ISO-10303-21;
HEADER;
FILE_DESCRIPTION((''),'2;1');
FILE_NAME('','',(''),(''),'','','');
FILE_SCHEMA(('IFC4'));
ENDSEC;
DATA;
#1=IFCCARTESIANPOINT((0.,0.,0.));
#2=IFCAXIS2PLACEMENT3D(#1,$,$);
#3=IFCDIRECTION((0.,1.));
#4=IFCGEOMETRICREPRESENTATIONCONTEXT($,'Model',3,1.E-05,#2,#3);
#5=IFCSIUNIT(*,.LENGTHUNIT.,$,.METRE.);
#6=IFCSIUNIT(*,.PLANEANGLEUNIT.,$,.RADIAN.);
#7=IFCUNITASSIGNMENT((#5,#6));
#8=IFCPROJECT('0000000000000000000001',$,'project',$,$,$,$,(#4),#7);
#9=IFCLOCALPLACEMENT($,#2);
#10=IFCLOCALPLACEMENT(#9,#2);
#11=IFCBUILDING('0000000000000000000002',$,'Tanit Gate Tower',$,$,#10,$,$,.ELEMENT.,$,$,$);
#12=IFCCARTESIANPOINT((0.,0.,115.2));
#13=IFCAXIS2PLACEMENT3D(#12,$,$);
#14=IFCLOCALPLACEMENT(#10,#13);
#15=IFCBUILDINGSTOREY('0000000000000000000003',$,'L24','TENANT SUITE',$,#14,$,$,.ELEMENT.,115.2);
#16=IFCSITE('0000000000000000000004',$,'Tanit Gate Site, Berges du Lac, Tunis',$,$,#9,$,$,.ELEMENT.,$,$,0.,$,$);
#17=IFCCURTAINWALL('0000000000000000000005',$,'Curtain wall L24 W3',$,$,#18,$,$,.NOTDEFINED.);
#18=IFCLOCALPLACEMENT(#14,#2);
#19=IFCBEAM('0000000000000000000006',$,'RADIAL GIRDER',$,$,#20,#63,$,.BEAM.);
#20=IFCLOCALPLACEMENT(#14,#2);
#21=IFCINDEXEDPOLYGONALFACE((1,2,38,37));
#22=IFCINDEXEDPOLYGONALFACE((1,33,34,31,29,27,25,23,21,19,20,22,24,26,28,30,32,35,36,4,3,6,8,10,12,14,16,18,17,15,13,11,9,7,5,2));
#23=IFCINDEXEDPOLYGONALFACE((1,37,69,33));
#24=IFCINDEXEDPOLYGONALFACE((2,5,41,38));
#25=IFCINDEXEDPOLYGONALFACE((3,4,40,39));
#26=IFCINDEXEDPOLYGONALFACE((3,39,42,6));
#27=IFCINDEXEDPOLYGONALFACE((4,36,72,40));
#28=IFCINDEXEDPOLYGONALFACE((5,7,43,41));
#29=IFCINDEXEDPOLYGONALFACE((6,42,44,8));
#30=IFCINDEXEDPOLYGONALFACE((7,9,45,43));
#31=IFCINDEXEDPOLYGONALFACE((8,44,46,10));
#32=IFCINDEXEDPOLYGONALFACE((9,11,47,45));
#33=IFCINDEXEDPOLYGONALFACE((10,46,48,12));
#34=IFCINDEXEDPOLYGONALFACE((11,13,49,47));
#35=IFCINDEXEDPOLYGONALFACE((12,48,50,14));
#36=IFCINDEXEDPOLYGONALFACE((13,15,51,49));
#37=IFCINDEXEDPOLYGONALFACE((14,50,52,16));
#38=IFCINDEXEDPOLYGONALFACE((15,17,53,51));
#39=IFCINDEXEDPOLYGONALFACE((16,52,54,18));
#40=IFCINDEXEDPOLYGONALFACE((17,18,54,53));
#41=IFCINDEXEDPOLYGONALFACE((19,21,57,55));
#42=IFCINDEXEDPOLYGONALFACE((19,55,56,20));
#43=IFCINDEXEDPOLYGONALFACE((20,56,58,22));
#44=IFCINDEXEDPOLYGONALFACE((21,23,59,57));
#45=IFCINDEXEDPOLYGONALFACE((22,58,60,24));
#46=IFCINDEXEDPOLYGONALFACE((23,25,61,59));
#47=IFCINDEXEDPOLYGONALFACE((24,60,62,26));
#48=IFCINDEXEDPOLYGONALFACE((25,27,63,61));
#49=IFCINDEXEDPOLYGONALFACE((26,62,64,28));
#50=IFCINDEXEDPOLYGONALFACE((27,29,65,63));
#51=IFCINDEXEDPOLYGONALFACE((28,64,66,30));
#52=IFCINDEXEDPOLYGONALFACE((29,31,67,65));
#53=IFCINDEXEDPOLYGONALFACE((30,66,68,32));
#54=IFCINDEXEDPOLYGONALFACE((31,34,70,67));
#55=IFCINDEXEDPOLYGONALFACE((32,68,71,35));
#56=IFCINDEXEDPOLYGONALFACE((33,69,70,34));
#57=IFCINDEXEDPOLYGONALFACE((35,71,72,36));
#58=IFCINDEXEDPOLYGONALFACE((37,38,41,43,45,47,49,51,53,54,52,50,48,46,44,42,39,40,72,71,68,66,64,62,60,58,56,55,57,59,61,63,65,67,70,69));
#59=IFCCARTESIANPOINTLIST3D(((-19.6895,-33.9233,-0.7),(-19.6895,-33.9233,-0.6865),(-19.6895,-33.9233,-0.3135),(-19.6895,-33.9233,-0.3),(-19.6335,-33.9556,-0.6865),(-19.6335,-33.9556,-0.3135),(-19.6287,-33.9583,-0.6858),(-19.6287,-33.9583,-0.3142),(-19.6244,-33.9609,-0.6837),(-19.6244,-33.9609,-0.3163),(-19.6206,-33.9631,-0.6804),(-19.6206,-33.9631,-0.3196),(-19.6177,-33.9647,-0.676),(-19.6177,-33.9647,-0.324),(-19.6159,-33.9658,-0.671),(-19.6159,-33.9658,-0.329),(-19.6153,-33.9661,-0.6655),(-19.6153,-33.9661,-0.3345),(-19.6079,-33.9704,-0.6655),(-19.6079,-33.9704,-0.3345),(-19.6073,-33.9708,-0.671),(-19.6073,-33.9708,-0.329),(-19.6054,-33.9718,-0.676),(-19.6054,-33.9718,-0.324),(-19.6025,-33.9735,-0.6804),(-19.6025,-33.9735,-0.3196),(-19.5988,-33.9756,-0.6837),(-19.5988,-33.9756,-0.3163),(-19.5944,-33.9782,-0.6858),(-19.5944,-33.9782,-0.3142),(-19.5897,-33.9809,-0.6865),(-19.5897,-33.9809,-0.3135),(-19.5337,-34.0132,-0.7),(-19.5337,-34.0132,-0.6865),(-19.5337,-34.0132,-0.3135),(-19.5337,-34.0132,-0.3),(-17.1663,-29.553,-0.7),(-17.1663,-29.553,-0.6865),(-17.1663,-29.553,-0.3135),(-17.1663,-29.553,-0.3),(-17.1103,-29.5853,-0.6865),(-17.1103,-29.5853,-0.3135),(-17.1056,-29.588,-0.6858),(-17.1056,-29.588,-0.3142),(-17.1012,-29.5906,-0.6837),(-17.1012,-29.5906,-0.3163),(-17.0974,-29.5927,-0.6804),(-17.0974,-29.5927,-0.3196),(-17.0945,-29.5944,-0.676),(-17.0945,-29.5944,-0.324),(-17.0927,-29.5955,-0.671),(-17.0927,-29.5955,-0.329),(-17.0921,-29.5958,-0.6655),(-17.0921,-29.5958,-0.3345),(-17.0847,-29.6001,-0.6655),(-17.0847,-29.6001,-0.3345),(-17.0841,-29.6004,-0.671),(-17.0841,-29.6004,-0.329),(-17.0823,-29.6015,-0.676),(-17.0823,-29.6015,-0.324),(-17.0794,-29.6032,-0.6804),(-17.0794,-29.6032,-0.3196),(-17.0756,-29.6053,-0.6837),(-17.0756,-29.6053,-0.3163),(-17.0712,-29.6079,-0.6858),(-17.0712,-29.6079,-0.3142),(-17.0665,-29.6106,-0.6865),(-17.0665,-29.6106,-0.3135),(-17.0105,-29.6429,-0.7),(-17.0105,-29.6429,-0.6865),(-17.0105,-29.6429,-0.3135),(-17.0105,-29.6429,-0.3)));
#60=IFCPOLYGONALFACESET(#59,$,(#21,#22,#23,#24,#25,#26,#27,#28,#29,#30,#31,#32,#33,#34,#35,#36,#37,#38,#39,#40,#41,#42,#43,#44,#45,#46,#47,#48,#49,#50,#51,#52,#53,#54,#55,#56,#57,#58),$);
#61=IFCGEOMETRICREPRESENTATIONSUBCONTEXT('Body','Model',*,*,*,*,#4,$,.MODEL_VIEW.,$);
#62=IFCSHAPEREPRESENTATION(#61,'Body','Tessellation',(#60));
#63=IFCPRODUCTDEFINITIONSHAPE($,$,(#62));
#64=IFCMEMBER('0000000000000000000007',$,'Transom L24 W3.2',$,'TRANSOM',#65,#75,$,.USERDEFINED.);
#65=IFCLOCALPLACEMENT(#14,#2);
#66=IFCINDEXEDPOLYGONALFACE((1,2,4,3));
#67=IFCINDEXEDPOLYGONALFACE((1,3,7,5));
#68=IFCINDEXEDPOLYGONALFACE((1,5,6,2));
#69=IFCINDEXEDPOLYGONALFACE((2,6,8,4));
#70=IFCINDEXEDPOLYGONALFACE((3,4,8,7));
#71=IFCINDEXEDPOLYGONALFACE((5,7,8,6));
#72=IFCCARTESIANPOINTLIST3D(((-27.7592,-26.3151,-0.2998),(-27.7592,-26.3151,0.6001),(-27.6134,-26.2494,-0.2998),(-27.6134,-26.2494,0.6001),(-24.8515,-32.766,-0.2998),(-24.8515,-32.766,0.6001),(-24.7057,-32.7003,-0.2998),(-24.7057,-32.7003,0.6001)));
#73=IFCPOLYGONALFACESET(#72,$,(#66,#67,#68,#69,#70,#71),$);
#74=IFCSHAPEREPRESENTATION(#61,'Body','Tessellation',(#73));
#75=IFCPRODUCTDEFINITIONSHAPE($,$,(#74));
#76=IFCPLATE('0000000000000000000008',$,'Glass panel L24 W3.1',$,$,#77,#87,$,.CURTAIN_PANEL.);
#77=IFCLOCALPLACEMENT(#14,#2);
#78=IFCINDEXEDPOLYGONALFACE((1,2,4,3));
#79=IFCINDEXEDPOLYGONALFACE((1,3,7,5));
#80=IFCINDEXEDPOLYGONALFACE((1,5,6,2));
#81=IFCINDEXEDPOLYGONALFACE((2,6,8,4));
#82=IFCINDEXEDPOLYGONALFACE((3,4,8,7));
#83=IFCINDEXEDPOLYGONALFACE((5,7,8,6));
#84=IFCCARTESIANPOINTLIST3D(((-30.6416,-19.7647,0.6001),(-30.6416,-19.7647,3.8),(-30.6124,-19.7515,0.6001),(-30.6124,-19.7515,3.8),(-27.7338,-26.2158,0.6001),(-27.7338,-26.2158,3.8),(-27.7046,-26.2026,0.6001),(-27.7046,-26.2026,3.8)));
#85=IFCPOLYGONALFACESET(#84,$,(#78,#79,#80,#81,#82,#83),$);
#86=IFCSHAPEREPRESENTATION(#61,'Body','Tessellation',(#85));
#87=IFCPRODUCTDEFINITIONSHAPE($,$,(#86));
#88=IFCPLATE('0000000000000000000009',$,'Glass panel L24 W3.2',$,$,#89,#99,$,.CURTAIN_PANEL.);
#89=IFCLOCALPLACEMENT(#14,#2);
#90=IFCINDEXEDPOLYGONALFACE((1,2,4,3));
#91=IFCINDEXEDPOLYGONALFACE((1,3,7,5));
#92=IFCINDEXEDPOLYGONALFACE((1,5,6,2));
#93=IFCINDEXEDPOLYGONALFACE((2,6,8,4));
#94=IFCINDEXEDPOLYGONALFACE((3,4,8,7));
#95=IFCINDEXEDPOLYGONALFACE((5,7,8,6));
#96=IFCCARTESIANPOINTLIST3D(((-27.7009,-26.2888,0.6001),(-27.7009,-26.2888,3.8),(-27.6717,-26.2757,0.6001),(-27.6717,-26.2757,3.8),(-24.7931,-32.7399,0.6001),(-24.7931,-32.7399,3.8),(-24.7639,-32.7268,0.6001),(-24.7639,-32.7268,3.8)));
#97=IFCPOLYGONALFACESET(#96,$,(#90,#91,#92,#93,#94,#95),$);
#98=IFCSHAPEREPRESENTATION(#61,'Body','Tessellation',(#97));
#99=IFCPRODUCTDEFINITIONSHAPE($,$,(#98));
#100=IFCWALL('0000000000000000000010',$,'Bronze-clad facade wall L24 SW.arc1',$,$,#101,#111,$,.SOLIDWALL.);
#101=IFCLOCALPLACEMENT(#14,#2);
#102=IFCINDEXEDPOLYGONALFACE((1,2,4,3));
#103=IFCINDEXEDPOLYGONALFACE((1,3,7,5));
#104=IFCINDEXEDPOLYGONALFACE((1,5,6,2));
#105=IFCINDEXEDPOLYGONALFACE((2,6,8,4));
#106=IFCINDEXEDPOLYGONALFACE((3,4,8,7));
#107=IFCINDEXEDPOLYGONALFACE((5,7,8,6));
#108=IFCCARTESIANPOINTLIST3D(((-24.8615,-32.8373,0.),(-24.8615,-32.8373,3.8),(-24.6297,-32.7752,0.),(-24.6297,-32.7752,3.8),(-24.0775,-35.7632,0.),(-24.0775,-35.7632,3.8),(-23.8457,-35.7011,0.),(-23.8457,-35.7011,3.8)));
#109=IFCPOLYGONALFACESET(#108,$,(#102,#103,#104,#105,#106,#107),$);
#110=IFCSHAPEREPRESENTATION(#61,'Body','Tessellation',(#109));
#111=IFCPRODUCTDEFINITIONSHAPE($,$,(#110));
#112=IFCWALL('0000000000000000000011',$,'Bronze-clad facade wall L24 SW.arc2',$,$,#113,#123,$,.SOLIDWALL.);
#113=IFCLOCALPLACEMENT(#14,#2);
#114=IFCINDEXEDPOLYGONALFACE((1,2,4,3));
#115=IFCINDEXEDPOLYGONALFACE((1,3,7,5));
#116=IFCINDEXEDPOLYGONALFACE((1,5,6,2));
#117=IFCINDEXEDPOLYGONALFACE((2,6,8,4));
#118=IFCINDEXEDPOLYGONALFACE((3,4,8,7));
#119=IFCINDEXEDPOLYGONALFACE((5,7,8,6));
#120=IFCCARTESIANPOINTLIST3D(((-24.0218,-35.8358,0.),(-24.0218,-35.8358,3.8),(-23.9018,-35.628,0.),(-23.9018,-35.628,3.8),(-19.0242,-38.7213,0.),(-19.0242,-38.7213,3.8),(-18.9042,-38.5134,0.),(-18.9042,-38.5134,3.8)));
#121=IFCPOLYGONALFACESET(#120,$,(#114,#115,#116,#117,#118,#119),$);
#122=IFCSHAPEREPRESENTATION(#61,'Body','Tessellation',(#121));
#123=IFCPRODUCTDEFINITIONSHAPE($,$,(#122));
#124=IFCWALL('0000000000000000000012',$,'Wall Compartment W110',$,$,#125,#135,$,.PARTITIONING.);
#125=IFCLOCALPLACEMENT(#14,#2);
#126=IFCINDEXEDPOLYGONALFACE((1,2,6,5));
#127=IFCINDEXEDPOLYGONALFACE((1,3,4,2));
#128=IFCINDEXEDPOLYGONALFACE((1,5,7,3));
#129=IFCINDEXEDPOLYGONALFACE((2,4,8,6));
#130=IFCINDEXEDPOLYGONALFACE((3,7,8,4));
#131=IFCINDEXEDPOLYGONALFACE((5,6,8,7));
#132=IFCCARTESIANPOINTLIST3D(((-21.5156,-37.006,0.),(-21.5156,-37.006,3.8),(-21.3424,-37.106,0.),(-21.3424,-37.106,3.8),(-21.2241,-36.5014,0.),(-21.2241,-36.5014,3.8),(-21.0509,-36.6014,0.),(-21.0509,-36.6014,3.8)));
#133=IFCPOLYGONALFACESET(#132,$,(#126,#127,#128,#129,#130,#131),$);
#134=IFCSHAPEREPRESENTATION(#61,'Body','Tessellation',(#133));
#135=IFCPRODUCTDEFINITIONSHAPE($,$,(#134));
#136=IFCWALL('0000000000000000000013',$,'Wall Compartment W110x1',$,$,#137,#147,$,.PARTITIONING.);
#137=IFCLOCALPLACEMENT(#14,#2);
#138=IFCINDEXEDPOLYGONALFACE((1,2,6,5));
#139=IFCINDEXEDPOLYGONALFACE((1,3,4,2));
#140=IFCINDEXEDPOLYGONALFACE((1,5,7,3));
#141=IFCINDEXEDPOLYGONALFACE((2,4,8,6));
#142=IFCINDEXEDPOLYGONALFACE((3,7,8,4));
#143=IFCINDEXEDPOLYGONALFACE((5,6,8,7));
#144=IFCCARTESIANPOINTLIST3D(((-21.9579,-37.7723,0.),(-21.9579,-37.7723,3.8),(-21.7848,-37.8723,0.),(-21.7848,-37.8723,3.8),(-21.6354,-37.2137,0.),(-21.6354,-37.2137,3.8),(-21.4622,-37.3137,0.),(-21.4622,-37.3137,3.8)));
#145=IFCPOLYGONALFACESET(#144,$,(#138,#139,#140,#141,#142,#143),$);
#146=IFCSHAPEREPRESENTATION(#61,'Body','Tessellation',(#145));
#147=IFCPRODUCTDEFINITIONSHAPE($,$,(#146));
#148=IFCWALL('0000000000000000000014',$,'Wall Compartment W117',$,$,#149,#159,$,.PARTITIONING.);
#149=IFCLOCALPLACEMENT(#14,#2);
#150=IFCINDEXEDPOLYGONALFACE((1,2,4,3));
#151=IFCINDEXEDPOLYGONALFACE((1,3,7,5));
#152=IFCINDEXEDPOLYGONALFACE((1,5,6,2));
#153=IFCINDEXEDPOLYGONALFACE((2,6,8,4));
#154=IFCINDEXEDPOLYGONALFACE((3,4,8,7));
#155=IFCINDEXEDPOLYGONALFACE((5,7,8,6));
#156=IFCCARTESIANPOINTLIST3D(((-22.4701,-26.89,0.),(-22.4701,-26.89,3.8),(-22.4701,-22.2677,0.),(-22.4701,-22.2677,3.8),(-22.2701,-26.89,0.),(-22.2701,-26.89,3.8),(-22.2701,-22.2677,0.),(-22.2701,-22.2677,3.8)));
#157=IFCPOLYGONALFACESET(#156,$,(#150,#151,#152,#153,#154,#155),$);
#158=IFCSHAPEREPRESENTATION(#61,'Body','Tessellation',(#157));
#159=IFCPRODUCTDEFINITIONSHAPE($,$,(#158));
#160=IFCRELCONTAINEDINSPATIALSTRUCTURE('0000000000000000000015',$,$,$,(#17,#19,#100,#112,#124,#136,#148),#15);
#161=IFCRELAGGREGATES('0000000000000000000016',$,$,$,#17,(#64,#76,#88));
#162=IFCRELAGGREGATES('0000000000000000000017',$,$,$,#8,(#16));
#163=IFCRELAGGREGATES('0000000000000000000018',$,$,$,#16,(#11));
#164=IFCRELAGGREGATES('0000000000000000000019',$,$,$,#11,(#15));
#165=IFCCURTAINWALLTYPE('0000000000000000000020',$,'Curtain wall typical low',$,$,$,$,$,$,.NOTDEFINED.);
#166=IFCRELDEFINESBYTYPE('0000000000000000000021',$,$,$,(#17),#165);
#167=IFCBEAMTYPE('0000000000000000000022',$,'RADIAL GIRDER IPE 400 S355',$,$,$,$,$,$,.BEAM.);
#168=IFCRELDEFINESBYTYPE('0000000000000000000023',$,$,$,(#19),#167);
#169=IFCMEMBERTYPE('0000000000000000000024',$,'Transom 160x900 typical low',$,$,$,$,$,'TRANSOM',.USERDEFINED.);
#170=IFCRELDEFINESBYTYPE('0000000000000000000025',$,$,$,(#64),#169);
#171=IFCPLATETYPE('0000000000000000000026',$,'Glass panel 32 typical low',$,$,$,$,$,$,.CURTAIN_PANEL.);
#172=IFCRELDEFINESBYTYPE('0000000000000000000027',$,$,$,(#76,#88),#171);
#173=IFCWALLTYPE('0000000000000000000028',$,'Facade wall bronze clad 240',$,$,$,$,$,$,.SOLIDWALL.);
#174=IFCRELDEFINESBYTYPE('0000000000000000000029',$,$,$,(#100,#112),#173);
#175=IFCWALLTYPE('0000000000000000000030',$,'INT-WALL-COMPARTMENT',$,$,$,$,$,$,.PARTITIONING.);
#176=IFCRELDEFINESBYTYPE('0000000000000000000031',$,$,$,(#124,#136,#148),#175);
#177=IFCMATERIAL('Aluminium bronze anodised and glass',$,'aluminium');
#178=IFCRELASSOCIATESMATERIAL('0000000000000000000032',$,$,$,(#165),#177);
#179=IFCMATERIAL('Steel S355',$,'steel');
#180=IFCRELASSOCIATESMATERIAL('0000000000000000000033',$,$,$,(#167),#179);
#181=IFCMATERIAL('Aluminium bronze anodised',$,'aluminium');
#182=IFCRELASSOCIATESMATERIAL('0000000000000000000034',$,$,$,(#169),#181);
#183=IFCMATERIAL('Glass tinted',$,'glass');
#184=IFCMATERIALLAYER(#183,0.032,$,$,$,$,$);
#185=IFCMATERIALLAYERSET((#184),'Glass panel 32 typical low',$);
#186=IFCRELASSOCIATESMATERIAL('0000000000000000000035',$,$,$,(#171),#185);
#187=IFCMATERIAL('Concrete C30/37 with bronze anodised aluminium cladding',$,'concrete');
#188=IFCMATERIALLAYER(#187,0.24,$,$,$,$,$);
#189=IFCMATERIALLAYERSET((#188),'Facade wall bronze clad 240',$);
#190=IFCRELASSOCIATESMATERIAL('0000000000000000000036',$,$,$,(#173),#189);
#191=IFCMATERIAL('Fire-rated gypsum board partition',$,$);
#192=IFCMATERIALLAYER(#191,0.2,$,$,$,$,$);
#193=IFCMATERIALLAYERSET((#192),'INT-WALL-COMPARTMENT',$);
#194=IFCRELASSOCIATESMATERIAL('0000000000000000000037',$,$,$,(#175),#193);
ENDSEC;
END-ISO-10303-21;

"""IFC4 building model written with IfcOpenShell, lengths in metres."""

from ifc_helpers import new_model, si_unit, direction, frame, frame_2d, origin, origin_2d, place, context, subcontext, project, spatial, rectangle, i_section, extrude, material, layer, layer_set, material_profile, profile_set, type_object, element, aggregate, save


model = new_model("IFC4")

# Units and contexts
model_context = context("Model", 3, precision=1e-05, world=origin(), true_north=direction((0.0, 1.0)))
body_context = subcontext(model_context, "Body", "Model", "MODEL_VIEW")
ifc_project = project(units=[si_unit("LENGTHUNIT", "METRE"), si_unit("PLANEANGLEUNIT", "RADIAN")], contexts=[model_context])

# Site, building, storey
site_placement = place(None, origin())
site = spatial("IfcSite", under=ifc_project, at=site_placement, Name="Tanit Gate Site, Berges du Lac, Tunis", CompositionType="ELEMENT", RefElevation=0.0)
building_placement = place(site_placement, origin())
building = spatial("IfcBuilding", under=site, at=building_placement, Name="Tanit Gate Tower", CompositionType="ELEMENT")
storey_placement = place(building_placement, frame((0.0, 0.0, 115.2)))
storey = spatial("IfcBuildingStorey", under=building, at=storey_placement, Name="L24", Description="TENANT SUITE", CompositionType="ELEMENT", Elevation=115.2)

# Curtain wall
ifc_material_1 = material(Name="Aluminium bronze anodised and glass", Category="aluminium")
curtain_wall_type = type_object("IfcCurtainWallType", Name="Curtain wall typical low", PredefinedType="NOTDEFINED", material=ifc_material_1)
curtain_wall_placement = place(storey_placement, origin())
curtain_wall = element("IfcCurtainWall", 1, at=curtain_wall_placement, inside=storey, type_object=curtain_wall_type, Name="Curtain wall L24 W3", PredefinedType="NOTDEFINED")

# Beam
ifc_material_2 = material(Name="Steel S355", Category="steel")
ifc_material_profile_1 = material_profile(ifc_material_2, i_section(OverallWidth=0.1799, OverallDepth=0.3999, WebThickness=0.0085, FlangeThickness=0.0134, FilletRadius=0.021, at=origin_2d()), Name="IPE 400")
ifc_profile_set_1 = profile_set([ifc_material_profile_1], Name="Steel S355")
beam_type_1 = type_object("IfcBeamType", Name="RADIAL GIRDER IPE 400 S355", PredefinedType="BEAM", material=ifc_profile_set_1)
beam_1_placement = place(storey_placement, frame((-19.6116, -33.9683, -0.5), z_axis=(0.499995, 0.866028, 0.0), x_axis=(-0.866028, 0.499995, 0.0)))
element("IfcBeam", 2, at=beam_1_placement, inside=storey, type_object=beam_type_1, Name="RADIAL GIRDER", PredefinedType="BEAM", context=body_context, shape_type="SweptSolid", body=[
    extrude(i_section(OverallWidth=0.1799, OverallDepth=0.3999, WebThickness=0.0085, FlangeThickness=0.0134, FilletRadius=0.021, at=origin_2d()), origin(), (0.0, 0.0, 1.0), 5.0464),
])

# Member
ifc_material_3 = material(Name="Aluminium bronze anodised", Category="aluminium")
ifc_material_profile_2 = material_profile(ifc_material_3, rectangle(XDim=0.1599, YDim=0.8999, at=origin_2d()), Name="160x900 bronze transom")
ifc_profile_set_2 = profile_set([ifc_material_profile_2], Name="Aluminium bronze anodised")
member_type_1 = type_object("IfcMemberType", Name="Transom 160x900 typical low", ElementType="TRANSOM", PredefinedType="USERDEFINED", material=ifc_profile_set_2)
member_1_placement = place(storey_placement, frame((-27.6863, -26.2822, 0.1501), z_axis=(0.410928, -0.911668, 0.0), x_axis=(0.911668, 0.410928, 0.0)))
member_1 = element("IfcMember", 3, at=member_1_placement, type_object=member_type_1, Name="Transom L24 W3.2", ObjectType="TRANSOM", PredefinedType="USERDEFINED", context=body_context, shape_type="SweptSolid", body=[
    extrude(rectangle(XDim=0.1599, YDim=0.8999, at=origin_2d()), origin(), (0.0, 0.0, 1.0), 7.0759),
])

# Plates
ifc_material_4 = material(Name="Glass tinted", Category="glass")
ifc_layer_1 = layer(ifc_material_4, 0.032)
ifc_layer_set_1 = layer_set([ifc_layer_1], Name="Glass panel 32 typical low")
plate_type = type_object("IfcPlateType", Name="Glass panel 32 typical low", PredefinedType="CURTAIN_PANEL", material=ifc_layer_set_1)
plate_1_placement = place(storey_placement, frame((-29.1731, -22.9836, 0.6001), z_axis=(0.0, 0.0, 1.0), x_axis=(0.410928, -0.911668, 0.0)))
plate_1 = element("IfcPlate", 4, at=plate_1_placement, type_object=plate_type, Name="Glass panel L24 W3.1", PredefinedType="CURTAIN_PANEL", context=body_context, shape_type="SweptSolid", body=[
    extrude(rectangle(XDim=7.0762, YDim=0.032, at=origin_2d()), origin(), (0.0, 0.0, 1.0), 3.2),
])
plate_2_placement = place(storey_placement, frame((-26.2324, -29.5078, 0.6001), z_axis=(0.0, 0.0, 1.0), x_axis=(0.410928, -0.911668, 0.0)))
plate_2 = element("IfcPlate", 5, at=plate_2_placement, type_object=plate_type, Name="Glass panel L24 W3.2", PredefinedType="CURTAIN_PANEL", context=body_context, shape_type="SweptSolid", body=[
    extrude(rectangle(XDim=7.0762, YDim=0.032, at=origin_2d()), origin(), (0.0, 0.0, 1.0), 3.2),
])
aggregate(curtain_wall, [member_1, plate_1, plate_2])

# Walls
ifc_material_5 = material(Name="Concrete C30/37 with bronze anodised aluminium cladding", Category="concrete")
ifc_layer_2 = layer(ifc_material_5, 0.24)
ifc_layer_set_2 = layer_set([ifc_layer_2], Name="Facade wall bronze clad 240")
wall_type_1 = type_object("IfcWallType", Name="Facade wall bronze clad 240", PredefinedType="SOLIDWALL", material=ifc_layer_set_2)
wall_1_placement = place(storey_placement, frame((-24.7456, -32.8062, 0.0), z_axis=(0.0, 0.0, 1.0), x_axis=(0.258811, -0.965928, 0.0)))
element("IfcWall", 6, at=wall_1_placement, inside=storey, type_object=wall_type_1, Name="Bronze-clad facade wall L24 SW.arc1", PredefinedType="SOLIDWALL", context=body_context, shape_type="SweptSolid", body=[
    extrude(rectangle(XDim=3.0291, YDim=0.24, at=frame_2d((1.5146, 0.0))), origin(), (0.0, 0.0, 1.0), 3.8),
])
wall_2_placement = place(storey_placement, frame((-23.9617, -35.7319, 0.0), z_axis=(0.0, 0.0, 1.0), x_axis=(0.866014, -0.50002, 0.0)))
element("IfcWall", 7, at=wall_2_placement, inside=storey, type_object=wall_type_1, Name="Bronze-clad facade wall L24 SW.arc2", PredefinedType="SOLIDWALL", context=body_context, shape_type="SweptSolid", body=[
    extrude(rectangle(XDim=5.7708, YDim=0.24, at=frame_2d((2.8853, 0.0))), origin(), (0.0, 0.0, 1.0), 3.8),
])
ifc_material_6 = material(Name="Fire-rated gypsum board partition")
ifc_layer_3 = layer(ifc_material_6, 0.2)
ifc_layer_set_3 = layer_set([ifc_layer_3], Name="INT-WALL-COMPARTMENT")
wall_type_2 = type_object("IfcWallType", Name="INT-WALL-COMPARTMENT", PredefinedType="PARTITIONING", material=ifc_layer_set_3)
wall_3_placement = place(storey_placement, frame((-21.1375, -36.5513, 0.0), z_axis=(0.0, 0.0, 1.0), x_axis=(-0.500194, -0.865913, 0.0)))
element("IfcWall", 8, at=wall_3_placement, inside=storey, type_object=wall_type_2, Name="Wall Compartment W110", PredefinedType="PARTITIONING", context=body_context, shape_type="SweptSolid", body=[
    extrude(rectangle(XDim=0.5828, YDim=0.2, at=frame_2d((0.2915, 0.0))), origin(), (0.0, 0.0, 1.0), 3.8),
])
wall_4_placement = place(storey_placement, frame((-21.5488, -37.2637, 0.0), z_axis=(0.0, 0.0, 1.0), x_axis=(-0.500006, -0.866022, 0.0)))
element("IfcWall", 9, at=wall_4_placement, inside=storey, type_object=wall_type_2, Name="Wall Compartment W110x1", PredefinedType="PARTITIONING", context=body_context, shape_type="SweptSolid", body=[
    extrude(rectangle(XDim=0.645, YDim=0.2, at=frame_2d((0.3225, 0.0))), origin(), (0.0, 0.0, 1.0), 3.8),
])
wall_5_placement = place(storey_placement, frame((-22.3701, -26.8899, 0.0), z_axis=(0.0, 0.0, 1.0), x_axis=(0.0, 1.0, 0.0)))
element("IfcWall", 10, at=wall_5_placement, inside=storey, type_object=wall_type_2, Name="Wall Compartment W117", PredefinedType="PARTITIONING", context=body_context, shape_type="SweptSolid", body=[
    extrude(rectangle(XDim=4.6223, YDim=0.2, at=frame_2d((2.311, 0.0))), origin(), (0.0, 0.0, 1.0), 3.8),
])

save(model, "model.ifc")
